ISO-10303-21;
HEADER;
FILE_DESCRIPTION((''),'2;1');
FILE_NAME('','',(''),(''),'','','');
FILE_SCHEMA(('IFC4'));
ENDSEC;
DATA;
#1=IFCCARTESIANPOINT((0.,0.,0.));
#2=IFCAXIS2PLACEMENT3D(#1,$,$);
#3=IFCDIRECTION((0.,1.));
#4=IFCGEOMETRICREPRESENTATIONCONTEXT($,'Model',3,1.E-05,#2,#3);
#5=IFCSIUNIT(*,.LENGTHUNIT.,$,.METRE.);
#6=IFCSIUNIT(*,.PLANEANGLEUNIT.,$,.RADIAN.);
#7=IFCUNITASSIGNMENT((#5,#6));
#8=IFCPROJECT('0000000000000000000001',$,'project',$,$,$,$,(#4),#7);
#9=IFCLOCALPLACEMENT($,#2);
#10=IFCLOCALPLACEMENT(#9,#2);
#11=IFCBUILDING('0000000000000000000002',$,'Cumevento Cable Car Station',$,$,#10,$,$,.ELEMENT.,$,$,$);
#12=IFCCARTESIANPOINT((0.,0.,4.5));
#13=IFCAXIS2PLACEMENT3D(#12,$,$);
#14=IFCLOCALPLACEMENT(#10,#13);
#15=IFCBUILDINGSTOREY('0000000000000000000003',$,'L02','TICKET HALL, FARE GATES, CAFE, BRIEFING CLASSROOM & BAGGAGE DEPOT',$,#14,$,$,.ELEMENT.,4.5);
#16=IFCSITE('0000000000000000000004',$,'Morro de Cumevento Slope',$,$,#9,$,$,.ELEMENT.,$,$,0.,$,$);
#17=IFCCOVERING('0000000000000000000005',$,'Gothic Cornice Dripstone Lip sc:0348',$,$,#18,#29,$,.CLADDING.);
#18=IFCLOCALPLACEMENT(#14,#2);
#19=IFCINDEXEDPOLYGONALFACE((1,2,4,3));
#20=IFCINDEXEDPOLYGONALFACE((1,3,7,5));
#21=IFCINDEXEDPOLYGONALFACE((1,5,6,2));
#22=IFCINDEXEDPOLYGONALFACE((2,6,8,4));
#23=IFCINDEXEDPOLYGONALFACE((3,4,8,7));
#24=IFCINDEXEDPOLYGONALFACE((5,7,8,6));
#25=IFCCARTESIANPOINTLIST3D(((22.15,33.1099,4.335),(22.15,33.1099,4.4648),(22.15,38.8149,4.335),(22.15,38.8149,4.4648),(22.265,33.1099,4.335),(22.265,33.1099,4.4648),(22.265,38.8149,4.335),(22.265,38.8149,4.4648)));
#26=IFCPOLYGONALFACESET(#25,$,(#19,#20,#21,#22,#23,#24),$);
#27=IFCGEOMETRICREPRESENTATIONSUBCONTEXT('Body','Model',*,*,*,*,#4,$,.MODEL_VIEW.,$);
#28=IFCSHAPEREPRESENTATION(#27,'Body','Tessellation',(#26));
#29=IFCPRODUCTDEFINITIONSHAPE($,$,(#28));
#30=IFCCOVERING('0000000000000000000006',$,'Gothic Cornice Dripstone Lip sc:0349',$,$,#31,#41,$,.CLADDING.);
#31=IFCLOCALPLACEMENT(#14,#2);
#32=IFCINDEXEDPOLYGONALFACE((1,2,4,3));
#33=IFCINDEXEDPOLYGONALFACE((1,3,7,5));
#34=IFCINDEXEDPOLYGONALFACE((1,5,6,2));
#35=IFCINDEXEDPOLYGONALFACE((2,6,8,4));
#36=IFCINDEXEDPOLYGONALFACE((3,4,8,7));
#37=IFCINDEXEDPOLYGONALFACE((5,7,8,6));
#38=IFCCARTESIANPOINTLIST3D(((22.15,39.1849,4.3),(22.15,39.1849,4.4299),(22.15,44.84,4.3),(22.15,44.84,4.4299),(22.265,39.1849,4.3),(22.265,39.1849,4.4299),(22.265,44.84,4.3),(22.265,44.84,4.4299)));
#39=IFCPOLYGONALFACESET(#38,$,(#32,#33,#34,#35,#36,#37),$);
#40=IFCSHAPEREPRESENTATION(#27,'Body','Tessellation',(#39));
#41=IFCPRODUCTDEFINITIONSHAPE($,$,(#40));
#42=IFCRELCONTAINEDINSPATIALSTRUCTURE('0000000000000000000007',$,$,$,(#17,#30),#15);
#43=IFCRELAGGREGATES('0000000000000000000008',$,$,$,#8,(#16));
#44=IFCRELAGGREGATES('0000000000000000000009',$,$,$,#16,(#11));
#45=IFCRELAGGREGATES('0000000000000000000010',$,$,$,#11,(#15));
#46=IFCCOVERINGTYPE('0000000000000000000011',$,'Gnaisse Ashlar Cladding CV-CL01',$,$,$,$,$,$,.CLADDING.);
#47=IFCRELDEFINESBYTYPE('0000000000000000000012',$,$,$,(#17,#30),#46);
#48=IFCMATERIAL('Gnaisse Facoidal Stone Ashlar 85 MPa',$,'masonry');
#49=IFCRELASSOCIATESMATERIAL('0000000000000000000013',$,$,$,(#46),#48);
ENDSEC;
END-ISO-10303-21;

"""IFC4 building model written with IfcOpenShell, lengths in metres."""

from ifc_helpers import new_model, si_unit, direction, frame, origin, origin_2d, place, context, subcontext, project, spatial, rectangle, extrude, material, type_object, element, save


model = new_model("IFC4")

# Units and contexts
model_context = context("Model", 3, precision=1e-05, world=origin(), true_north=direction((0.0, 1.0)))
body_context = subcontext(model_context, "Body", "Model", "MODEL_VIEW")
ifc_project = project(units=[si_unit("LENGTHUNIT", "METRE"), si_unit("PLANEANGLEUNIT", "RADIAN")], contexts=[model_context])

# Site, building, storey
site_placement = place(None, origin())
site = spatial("IfcSite", under=ifc_project, at=site_placement, Name="Morro de Cumevento Slope", CompositionType="ELEMENT", RefElevation=0.0)
building_placement = place(site_placement, origin())
building = spatial("IfcBuilding", under=site, at=building_placement, Name="Cumevento Cable Car Station", CompositionType="ELEMENT")
storey_placement = place(building_placement, frame((0.0, 0.0, 4.5)))
storey = spatial("IfcBuildingStorey", under=building, at=storey_placement, Name="L02", Description="TICKET HALL, FARE GATES, CAFE, BRIEFING CLASSROOM & BAGGAGE DEPOT", CompositionType="ELEMENT", Elevation=4.5)

# Coverings
ifc_material_1 = material(Name="Gnaisse Facoidal Stone Ashlar 85 MPa", Category="masonry")
covering_type = type_object("IfcCoveringType", Name="Gnaisse Ashlar Cladding CV-CL01", PredefinedType="CLADDING", material=ifc_material_1)
covering_1_placement = place(storey_placement, frame((22.2075, 35.9624, 4.335), z_axis=(0.0, 0.0, 1.0), x_axis=(0.0, -1.0, 0.0)))
element("IfcCovering", 1, at=covering_1_placement, inside=storey, type_object=covering_type, Name="Gothic Cornice Dripstone Lip sc:0348", PredefinedType="CLADDING", context=body_context, shape_type="SweptSolid", body=[
    extrude(rectangle(XDim=5.7051, YDim=0.115, at=origin_2d()), origin(), (0.0, 0.0, 1.0), 0.1299),
])
covering_2_placement = place(storey_placement, frame((22.2075, 42.0125, 4.3), z_axis=(0.0, 0.0, 1.0), x_axis=(0.0, -1.0, 0.0)))
element("IfcCovering", 2, at=covering_2_placement, inside=storey, type_object=covering_type, Name="Gothic Cornice Dripstone Lip sc:0349", PredefinedType="CLADDING", context=body_context, shape_type="SweptSolid", body=[
    extrude(rectangle(XDim=5.655, YDim=0.115, at=origin_2d()), origin(), (0.0, 0.0, 1.0), 0.1299),
])

save(model, "model.ifc")
